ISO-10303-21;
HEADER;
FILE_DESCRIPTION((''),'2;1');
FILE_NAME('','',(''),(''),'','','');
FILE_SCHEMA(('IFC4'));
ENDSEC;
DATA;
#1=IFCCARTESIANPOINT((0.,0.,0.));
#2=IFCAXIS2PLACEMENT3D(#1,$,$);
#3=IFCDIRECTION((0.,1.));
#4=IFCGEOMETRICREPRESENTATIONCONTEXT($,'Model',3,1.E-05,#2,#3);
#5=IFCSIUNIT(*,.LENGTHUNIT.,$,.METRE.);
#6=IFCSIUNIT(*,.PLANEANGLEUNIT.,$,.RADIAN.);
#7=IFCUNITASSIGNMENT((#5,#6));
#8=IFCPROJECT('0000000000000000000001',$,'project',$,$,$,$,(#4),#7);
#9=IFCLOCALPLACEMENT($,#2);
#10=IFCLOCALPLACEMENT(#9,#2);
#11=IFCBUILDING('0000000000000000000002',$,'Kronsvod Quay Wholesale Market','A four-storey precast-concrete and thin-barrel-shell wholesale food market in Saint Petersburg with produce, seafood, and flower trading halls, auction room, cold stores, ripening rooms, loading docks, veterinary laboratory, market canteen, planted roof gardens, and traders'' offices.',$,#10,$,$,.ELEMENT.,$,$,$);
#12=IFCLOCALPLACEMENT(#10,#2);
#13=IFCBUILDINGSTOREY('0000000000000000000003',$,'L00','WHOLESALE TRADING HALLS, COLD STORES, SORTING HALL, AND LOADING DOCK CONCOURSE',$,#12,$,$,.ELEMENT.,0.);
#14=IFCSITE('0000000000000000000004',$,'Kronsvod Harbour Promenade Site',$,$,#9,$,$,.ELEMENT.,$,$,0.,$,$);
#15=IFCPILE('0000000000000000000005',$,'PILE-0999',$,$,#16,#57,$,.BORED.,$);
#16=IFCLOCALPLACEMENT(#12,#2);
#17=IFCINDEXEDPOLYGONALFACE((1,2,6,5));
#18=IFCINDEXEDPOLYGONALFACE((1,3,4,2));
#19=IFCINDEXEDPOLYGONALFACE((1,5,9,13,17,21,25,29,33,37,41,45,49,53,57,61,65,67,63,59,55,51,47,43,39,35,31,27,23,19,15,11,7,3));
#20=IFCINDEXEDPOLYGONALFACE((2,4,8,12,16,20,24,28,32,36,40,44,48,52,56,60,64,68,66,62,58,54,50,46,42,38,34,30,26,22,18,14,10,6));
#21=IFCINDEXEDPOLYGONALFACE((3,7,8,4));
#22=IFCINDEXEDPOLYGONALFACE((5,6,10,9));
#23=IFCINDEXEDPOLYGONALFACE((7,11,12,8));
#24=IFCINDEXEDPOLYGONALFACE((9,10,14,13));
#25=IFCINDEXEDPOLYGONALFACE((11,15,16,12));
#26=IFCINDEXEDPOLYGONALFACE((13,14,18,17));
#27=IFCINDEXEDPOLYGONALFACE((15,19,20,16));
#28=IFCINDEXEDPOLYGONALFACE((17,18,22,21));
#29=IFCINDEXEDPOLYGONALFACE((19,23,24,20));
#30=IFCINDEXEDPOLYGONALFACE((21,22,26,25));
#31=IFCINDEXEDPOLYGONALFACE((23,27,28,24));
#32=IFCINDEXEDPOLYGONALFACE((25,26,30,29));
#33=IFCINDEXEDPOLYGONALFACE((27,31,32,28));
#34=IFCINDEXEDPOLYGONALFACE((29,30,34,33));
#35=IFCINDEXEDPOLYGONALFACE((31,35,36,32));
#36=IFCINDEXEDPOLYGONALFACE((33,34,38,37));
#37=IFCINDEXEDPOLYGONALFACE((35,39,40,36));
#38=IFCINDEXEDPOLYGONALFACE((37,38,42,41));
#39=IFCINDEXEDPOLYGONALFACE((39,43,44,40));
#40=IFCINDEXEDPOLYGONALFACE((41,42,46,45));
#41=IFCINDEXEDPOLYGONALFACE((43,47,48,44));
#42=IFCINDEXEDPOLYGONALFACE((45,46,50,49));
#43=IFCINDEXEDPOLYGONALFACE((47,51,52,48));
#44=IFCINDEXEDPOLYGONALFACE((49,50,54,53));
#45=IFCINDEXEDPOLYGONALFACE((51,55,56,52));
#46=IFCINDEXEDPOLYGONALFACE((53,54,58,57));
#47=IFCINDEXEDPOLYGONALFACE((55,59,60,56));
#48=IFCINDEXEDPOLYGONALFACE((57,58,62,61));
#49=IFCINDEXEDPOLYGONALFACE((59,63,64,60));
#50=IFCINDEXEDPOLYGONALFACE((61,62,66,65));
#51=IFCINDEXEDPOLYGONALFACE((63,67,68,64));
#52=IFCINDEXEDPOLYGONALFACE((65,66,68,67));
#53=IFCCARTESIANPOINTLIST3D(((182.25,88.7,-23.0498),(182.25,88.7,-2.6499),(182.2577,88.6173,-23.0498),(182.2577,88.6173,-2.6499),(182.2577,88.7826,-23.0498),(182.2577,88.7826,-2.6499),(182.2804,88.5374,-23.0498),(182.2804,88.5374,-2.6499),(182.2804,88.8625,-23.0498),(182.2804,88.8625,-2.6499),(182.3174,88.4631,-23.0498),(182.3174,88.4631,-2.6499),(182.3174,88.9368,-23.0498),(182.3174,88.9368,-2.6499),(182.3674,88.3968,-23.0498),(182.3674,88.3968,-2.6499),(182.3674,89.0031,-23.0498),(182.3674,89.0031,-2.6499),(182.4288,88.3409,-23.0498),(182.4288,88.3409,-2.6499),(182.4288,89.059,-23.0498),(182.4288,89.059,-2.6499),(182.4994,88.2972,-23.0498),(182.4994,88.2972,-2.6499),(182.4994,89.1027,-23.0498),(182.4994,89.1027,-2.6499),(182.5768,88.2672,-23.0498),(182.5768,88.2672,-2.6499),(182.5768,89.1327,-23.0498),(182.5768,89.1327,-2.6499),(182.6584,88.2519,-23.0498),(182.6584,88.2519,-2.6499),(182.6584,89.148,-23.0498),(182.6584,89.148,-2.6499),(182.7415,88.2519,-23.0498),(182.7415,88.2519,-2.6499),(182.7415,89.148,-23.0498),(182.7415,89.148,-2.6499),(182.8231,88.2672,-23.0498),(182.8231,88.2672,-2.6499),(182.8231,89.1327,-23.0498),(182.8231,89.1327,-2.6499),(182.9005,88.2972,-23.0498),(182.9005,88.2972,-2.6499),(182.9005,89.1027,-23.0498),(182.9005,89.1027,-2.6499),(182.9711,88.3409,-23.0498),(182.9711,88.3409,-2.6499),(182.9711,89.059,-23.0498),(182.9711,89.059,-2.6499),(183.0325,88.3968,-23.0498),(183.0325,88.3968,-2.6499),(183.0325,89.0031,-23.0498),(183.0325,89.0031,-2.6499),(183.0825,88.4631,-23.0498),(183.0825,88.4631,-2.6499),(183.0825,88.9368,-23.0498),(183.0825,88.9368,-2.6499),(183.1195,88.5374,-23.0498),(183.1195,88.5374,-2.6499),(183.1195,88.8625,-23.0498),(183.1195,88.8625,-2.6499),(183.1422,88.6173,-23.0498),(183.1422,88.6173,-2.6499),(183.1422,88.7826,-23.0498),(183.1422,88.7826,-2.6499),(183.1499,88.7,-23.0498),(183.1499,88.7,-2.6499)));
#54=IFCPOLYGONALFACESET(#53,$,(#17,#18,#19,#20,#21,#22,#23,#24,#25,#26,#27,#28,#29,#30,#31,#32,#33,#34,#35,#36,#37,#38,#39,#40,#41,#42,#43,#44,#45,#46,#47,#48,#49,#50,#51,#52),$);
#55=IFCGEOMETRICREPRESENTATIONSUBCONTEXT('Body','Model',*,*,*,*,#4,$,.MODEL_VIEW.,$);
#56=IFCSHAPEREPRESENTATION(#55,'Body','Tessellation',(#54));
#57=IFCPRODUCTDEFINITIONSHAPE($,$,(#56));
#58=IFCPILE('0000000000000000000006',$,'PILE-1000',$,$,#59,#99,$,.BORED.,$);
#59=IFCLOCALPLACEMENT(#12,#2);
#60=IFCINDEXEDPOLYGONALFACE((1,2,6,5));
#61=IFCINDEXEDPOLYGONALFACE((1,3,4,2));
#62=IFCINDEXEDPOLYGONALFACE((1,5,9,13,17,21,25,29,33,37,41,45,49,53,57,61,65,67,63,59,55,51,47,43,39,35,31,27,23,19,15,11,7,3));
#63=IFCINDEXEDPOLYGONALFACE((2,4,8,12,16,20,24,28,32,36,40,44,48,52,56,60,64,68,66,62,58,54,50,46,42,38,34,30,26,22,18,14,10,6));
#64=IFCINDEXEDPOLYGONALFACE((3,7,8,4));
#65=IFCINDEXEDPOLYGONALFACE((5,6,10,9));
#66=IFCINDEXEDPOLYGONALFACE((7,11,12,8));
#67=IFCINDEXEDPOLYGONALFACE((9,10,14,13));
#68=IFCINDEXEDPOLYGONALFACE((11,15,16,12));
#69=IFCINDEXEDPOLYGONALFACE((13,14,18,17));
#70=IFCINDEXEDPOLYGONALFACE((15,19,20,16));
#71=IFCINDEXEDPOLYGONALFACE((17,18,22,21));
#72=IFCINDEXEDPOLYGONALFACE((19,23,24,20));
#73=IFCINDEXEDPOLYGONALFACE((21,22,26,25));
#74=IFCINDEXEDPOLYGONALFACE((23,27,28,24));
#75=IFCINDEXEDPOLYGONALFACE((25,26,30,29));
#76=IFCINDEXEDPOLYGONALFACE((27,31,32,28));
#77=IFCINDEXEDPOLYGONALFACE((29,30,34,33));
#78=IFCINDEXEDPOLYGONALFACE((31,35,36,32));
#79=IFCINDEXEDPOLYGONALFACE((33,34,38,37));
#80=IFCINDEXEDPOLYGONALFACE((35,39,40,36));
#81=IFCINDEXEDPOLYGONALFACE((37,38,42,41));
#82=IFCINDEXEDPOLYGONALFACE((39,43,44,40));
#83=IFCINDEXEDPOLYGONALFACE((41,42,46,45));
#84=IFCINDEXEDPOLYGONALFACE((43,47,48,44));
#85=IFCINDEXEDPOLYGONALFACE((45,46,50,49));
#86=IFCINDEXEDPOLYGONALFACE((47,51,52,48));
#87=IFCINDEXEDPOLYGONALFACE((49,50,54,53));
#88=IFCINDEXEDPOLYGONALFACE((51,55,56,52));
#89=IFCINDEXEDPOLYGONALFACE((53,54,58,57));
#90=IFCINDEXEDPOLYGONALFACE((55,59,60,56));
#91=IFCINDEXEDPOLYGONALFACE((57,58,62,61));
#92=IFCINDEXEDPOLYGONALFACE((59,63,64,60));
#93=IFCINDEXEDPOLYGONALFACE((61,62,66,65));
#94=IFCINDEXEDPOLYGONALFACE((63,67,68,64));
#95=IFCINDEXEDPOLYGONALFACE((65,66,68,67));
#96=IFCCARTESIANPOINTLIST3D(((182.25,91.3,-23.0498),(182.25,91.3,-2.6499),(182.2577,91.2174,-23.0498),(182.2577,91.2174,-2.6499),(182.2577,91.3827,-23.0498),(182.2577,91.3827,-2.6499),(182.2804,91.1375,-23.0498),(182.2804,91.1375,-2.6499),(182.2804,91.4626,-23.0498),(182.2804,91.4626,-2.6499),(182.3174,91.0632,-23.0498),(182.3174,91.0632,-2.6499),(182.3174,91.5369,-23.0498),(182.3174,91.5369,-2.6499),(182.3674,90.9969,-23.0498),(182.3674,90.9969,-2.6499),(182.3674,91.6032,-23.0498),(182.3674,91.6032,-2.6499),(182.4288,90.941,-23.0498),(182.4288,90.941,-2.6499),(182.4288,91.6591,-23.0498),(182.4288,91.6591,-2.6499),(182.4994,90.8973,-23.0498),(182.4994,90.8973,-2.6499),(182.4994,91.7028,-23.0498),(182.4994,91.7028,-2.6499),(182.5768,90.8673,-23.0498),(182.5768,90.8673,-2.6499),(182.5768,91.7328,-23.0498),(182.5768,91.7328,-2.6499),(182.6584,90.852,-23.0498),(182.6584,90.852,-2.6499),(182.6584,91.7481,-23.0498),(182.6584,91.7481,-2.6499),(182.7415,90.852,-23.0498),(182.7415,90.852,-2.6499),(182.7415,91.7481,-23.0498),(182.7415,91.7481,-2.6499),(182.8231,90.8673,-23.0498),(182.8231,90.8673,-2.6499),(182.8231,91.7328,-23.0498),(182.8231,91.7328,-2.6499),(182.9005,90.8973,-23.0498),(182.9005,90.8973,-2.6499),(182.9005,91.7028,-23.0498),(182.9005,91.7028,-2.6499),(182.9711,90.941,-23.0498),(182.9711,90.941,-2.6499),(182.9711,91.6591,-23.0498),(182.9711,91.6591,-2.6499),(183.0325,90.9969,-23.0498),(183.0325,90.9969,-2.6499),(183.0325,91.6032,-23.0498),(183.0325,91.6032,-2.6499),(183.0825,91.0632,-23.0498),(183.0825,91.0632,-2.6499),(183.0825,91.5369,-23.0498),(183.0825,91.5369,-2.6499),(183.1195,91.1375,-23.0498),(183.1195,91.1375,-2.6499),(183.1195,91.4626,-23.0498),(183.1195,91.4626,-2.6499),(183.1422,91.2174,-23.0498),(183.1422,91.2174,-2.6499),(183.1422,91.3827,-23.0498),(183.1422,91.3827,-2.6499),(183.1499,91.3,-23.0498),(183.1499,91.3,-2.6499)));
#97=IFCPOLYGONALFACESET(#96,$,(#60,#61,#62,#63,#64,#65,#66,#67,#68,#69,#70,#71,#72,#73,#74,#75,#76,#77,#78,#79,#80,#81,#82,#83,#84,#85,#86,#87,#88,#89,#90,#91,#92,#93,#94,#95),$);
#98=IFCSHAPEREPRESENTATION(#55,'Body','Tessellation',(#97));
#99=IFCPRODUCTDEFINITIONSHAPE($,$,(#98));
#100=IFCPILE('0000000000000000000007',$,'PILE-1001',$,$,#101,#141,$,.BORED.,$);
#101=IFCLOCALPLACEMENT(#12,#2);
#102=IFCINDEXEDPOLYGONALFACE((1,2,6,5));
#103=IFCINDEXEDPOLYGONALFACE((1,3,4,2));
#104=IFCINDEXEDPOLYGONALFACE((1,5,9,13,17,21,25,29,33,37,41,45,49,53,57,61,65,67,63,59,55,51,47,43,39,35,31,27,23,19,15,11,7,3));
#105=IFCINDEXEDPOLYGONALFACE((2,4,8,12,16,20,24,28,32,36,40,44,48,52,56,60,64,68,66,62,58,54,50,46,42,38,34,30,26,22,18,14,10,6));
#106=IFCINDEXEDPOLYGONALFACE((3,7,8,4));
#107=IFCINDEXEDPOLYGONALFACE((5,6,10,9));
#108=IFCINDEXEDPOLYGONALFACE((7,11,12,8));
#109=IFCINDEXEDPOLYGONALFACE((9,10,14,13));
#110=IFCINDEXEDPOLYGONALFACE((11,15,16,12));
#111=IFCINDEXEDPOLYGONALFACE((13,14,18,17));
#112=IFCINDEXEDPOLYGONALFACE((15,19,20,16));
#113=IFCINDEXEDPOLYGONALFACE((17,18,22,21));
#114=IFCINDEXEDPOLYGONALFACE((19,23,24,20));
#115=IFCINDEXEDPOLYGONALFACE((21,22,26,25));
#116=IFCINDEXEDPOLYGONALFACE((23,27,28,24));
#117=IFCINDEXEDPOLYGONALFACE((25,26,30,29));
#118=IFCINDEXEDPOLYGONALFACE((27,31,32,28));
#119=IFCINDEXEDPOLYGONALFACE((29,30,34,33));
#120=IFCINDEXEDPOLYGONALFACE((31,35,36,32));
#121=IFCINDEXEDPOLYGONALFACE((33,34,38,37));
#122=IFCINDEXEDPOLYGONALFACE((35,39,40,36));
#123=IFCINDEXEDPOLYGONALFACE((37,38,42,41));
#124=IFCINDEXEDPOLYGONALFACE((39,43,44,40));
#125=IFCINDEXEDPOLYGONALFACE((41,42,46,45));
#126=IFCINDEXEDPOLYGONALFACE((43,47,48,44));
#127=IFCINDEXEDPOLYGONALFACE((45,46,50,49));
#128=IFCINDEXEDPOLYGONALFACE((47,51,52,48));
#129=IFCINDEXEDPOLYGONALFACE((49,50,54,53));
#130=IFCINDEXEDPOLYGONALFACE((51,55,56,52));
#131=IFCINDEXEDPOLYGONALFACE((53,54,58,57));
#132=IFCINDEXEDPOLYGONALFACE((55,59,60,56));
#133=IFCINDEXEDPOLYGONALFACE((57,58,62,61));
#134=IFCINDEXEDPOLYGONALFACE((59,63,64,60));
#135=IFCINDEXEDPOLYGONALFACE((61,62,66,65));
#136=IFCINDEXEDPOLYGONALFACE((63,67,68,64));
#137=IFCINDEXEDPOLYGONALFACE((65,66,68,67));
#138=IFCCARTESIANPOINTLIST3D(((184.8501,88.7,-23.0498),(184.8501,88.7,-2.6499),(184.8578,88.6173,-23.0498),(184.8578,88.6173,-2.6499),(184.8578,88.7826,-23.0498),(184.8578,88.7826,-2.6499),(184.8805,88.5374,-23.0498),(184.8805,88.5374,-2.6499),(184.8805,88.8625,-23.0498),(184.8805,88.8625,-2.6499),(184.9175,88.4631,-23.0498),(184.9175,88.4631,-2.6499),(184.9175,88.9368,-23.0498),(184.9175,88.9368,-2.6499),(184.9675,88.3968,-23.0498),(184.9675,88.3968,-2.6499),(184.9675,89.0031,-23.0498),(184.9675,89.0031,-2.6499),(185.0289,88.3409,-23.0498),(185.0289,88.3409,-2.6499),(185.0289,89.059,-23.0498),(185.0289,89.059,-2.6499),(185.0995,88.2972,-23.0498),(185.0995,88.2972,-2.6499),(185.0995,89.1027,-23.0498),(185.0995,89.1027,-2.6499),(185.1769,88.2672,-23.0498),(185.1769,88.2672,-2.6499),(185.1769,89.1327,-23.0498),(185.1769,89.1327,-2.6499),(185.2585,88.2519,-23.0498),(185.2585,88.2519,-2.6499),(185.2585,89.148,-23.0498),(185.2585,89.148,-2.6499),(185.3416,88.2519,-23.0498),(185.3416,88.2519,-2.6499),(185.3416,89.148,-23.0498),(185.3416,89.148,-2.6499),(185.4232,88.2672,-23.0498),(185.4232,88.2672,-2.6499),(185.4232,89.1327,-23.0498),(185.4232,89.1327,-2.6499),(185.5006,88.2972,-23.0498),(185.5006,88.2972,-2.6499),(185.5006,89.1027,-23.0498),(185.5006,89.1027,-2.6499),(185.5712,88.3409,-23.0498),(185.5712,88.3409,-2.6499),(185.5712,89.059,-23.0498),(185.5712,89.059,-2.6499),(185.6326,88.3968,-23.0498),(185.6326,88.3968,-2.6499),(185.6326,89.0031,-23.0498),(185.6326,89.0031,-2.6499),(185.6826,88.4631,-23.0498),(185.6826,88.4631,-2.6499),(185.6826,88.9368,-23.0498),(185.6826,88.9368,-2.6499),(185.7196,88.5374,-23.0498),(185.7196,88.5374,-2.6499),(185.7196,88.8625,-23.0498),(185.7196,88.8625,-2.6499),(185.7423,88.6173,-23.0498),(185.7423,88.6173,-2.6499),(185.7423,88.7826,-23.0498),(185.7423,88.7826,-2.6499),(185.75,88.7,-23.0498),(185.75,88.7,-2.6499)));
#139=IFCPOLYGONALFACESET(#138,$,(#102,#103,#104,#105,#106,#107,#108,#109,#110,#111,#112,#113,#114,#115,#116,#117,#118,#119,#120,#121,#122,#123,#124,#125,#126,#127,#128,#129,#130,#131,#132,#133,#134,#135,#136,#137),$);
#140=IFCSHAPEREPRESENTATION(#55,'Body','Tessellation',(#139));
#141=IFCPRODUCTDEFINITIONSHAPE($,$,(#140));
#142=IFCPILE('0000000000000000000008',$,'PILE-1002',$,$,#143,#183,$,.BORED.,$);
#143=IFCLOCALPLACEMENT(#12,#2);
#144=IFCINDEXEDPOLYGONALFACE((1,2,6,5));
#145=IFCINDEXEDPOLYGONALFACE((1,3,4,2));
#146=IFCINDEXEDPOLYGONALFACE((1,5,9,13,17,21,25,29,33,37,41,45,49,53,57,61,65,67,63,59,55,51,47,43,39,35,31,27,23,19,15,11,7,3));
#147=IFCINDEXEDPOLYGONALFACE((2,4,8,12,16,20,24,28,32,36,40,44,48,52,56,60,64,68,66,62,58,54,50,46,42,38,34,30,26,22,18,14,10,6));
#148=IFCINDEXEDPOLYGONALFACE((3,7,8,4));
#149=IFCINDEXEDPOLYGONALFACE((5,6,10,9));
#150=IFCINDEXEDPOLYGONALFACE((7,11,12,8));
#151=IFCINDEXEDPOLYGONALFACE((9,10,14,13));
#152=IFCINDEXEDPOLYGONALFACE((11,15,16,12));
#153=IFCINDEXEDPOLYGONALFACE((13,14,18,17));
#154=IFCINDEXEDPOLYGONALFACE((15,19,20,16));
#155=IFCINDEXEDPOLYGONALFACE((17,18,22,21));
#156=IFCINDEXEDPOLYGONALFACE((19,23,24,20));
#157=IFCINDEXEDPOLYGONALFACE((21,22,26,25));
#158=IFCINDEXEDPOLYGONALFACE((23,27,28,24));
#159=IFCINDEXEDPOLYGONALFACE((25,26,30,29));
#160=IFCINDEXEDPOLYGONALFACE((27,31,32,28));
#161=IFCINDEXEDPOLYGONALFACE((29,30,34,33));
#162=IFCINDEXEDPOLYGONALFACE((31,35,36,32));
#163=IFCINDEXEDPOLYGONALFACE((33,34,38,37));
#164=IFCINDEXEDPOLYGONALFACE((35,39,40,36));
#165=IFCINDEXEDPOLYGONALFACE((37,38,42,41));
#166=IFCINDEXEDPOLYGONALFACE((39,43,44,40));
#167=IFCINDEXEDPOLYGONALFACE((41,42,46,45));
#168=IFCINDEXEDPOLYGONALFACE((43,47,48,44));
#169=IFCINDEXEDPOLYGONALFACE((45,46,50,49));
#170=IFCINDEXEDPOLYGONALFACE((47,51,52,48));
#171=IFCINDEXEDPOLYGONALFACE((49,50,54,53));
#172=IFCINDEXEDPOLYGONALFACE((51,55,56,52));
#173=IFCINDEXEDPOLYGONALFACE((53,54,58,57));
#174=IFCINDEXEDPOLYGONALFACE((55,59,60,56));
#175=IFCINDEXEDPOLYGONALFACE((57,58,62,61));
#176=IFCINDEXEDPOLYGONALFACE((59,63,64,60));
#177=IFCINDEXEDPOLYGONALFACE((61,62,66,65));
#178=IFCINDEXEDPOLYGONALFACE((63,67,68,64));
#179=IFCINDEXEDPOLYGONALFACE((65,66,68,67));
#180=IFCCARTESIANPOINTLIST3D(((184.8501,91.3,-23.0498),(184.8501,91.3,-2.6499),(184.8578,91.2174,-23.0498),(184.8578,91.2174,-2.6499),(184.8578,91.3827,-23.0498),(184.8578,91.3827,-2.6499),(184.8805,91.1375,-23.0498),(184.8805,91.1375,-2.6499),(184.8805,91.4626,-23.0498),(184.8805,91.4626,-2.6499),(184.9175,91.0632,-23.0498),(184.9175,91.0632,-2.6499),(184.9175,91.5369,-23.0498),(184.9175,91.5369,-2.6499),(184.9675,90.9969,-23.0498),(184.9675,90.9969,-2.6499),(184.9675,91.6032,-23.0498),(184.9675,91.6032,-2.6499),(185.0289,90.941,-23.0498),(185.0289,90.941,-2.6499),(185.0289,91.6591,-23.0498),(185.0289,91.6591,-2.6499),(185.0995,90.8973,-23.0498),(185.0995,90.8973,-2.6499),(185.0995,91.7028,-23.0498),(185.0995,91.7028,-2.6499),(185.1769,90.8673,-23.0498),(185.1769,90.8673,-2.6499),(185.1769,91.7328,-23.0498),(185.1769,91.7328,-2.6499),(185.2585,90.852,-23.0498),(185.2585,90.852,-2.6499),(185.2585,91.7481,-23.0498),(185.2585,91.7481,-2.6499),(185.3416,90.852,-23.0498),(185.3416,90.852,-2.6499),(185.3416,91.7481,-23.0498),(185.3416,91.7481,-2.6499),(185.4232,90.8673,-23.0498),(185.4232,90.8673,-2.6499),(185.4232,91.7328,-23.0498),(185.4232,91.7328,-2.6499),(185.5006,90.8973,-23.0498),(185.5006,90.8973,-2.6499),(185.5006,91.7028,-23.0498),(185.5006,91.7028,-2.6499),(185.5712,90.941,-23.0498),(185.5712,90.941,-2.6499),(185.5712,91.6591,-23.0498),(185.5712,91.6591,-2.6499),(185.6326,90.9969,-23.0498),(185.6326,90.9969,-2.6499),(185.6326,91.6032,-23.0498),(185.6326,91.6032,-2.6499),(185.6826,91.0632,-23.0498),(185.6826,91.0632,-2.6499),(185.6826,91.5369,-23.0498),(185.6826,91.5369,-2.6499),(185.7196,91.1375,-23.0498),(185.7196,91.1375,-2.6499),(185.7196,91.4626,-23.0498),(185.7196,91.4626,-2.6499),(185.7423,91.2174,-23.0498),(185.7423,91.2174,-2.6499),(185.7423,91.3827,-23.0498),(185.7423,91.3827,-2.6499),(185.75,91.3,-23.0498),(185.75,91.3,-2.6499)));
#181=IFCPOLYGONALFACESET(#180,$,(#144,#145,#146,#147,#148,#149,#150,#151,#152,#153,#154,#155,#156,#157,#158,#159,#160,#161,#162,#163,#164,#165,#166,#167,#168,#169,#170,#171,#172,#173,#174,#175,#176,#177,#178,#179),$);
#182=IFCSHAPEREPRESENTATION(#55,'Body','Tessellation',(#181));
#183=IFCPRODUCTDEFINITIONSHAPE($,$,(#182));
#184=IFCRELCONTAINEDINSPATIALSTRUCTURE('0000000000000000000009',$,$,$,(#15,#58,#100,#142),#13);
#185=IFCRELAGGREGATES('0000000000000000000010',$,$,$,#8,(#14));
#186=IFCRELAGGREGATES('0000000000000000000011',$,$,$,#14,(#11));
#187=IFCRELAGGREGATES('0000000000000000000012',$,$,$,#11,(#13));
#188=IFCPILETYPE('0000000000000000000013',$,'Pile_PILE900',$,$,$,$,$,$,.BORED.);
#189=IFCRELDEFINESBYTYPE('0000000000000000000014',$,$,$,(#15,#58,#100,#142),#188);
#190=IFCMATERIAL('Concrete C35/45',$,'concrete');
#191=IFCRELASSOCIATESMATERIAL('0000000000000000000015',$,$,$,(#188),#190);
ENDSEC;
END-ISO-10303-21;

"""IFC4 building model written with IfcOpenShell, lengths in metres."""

from ifc_helpers import new_model, si_unit, direction, frame, origin, origin_2d, place, context, subcontext, project, spatial, circle, extrude, material, material_profile, profile_set, type_object, element, save


model = new_model("IFC4")

# Units and contexts
model_context = context("Model", 3, precision=1e-05, world=origin(), true_north=direction((0.0, 1.0)))
body_context = subcontext(model_context, "Body", "Model", "MODEL_VIEW")
ifc_project = project(units=[si_unit("LENGTHUNIT", "METRE"), si_unit("PLANEANGLEUNIT", "RADIAN")], contexts=[model_context])

# Site, building, storey
site_placement = place(None, origin())
site = spatial("IfcSite", under=ifc_project, at=site_placement, Name="Kronsvod Harbour Promenade Site", CompositionType="ELEMENT", RefElevation=0.0)
building_placement = place(site_placement, origin())
building = spatial("IfcBuilding", under=site, at=building_placement, Name="Kronsvod Quay Wholesale Market", Description="A four-storey precast-concrete and thin-barrel-shell wholesale food market in Saint Petersburg with produce, seafood, and flower trading halls, auction room, cold stores, ripening rooms, loading docks, veterinary laboratory, market canteen, planted roof gardens, and traders' offices.", CompositionType="ELEMENT")
storey_placement = place(building_placement, origin())
storey = spatial("IfcBuildingStorey", under=building, at=storey_placement, Name="L00", Description="WHOLESALE TRADING HALLS, COLD STORES, SORTING HALL, AND LOADING DOCK CONCOURSE", CompositionType="ELEMENT", Elevation=0.0)

# Piles
ifc_material_1 = material(Name="Concrete C35/45", Category="concrete")
ifc_material_profile_1 = material_profile(ifc_material_1, circle(Radius=0.45, at=origin_2d()), Name="PILE900")
ifc_profile_set_1 = profile_set([ifc_material_profile_1], Name="Concrete C35/45")
pile_type_1 = type_object("IfcPileType", Name="Pile_PILE900", PredefinedType="BORED", material=ifc_profile_set_1)
for number, where, z_axis, x_axis, name in (
    (1, (182.7, 88.7, -2.6499), (0.0, 0.0, -1.0), (1.0, 0.0, 0.0), "PILE-0999"),
    (2, (182.7, 91.3, -2.6499), (0.0, 0.0, -1.0), (1.0, 0.0, 0.0), "PILE-1000"),
    (3, (185.3, 88.7, -2.6499), (0.0, 0.0, -1.0), (1.0, 0.0, 0.0), "PILE-1001"),
    (4, (185.3, 91.3, -2.6499), (0.0, 0.0, -1.0), (1.0, 0.0, 0.0), "PILE-1002"),
):
    element("IfcPile", number, at=place(storey_placement, frame(where, z_axis=z_axis, x_axis=x_axis)), inside=storey, type_object=pile_type_1, Name=name, PredefinedType="BORED", context=body_context, shape_type="SweptSolid", body=[
        extrude(circle(Radius=0.45, at=origin_2d()), origin(), (0.0, 0.0, 1.0), 20.3999),
    ])

save(model, "model.ifc")
